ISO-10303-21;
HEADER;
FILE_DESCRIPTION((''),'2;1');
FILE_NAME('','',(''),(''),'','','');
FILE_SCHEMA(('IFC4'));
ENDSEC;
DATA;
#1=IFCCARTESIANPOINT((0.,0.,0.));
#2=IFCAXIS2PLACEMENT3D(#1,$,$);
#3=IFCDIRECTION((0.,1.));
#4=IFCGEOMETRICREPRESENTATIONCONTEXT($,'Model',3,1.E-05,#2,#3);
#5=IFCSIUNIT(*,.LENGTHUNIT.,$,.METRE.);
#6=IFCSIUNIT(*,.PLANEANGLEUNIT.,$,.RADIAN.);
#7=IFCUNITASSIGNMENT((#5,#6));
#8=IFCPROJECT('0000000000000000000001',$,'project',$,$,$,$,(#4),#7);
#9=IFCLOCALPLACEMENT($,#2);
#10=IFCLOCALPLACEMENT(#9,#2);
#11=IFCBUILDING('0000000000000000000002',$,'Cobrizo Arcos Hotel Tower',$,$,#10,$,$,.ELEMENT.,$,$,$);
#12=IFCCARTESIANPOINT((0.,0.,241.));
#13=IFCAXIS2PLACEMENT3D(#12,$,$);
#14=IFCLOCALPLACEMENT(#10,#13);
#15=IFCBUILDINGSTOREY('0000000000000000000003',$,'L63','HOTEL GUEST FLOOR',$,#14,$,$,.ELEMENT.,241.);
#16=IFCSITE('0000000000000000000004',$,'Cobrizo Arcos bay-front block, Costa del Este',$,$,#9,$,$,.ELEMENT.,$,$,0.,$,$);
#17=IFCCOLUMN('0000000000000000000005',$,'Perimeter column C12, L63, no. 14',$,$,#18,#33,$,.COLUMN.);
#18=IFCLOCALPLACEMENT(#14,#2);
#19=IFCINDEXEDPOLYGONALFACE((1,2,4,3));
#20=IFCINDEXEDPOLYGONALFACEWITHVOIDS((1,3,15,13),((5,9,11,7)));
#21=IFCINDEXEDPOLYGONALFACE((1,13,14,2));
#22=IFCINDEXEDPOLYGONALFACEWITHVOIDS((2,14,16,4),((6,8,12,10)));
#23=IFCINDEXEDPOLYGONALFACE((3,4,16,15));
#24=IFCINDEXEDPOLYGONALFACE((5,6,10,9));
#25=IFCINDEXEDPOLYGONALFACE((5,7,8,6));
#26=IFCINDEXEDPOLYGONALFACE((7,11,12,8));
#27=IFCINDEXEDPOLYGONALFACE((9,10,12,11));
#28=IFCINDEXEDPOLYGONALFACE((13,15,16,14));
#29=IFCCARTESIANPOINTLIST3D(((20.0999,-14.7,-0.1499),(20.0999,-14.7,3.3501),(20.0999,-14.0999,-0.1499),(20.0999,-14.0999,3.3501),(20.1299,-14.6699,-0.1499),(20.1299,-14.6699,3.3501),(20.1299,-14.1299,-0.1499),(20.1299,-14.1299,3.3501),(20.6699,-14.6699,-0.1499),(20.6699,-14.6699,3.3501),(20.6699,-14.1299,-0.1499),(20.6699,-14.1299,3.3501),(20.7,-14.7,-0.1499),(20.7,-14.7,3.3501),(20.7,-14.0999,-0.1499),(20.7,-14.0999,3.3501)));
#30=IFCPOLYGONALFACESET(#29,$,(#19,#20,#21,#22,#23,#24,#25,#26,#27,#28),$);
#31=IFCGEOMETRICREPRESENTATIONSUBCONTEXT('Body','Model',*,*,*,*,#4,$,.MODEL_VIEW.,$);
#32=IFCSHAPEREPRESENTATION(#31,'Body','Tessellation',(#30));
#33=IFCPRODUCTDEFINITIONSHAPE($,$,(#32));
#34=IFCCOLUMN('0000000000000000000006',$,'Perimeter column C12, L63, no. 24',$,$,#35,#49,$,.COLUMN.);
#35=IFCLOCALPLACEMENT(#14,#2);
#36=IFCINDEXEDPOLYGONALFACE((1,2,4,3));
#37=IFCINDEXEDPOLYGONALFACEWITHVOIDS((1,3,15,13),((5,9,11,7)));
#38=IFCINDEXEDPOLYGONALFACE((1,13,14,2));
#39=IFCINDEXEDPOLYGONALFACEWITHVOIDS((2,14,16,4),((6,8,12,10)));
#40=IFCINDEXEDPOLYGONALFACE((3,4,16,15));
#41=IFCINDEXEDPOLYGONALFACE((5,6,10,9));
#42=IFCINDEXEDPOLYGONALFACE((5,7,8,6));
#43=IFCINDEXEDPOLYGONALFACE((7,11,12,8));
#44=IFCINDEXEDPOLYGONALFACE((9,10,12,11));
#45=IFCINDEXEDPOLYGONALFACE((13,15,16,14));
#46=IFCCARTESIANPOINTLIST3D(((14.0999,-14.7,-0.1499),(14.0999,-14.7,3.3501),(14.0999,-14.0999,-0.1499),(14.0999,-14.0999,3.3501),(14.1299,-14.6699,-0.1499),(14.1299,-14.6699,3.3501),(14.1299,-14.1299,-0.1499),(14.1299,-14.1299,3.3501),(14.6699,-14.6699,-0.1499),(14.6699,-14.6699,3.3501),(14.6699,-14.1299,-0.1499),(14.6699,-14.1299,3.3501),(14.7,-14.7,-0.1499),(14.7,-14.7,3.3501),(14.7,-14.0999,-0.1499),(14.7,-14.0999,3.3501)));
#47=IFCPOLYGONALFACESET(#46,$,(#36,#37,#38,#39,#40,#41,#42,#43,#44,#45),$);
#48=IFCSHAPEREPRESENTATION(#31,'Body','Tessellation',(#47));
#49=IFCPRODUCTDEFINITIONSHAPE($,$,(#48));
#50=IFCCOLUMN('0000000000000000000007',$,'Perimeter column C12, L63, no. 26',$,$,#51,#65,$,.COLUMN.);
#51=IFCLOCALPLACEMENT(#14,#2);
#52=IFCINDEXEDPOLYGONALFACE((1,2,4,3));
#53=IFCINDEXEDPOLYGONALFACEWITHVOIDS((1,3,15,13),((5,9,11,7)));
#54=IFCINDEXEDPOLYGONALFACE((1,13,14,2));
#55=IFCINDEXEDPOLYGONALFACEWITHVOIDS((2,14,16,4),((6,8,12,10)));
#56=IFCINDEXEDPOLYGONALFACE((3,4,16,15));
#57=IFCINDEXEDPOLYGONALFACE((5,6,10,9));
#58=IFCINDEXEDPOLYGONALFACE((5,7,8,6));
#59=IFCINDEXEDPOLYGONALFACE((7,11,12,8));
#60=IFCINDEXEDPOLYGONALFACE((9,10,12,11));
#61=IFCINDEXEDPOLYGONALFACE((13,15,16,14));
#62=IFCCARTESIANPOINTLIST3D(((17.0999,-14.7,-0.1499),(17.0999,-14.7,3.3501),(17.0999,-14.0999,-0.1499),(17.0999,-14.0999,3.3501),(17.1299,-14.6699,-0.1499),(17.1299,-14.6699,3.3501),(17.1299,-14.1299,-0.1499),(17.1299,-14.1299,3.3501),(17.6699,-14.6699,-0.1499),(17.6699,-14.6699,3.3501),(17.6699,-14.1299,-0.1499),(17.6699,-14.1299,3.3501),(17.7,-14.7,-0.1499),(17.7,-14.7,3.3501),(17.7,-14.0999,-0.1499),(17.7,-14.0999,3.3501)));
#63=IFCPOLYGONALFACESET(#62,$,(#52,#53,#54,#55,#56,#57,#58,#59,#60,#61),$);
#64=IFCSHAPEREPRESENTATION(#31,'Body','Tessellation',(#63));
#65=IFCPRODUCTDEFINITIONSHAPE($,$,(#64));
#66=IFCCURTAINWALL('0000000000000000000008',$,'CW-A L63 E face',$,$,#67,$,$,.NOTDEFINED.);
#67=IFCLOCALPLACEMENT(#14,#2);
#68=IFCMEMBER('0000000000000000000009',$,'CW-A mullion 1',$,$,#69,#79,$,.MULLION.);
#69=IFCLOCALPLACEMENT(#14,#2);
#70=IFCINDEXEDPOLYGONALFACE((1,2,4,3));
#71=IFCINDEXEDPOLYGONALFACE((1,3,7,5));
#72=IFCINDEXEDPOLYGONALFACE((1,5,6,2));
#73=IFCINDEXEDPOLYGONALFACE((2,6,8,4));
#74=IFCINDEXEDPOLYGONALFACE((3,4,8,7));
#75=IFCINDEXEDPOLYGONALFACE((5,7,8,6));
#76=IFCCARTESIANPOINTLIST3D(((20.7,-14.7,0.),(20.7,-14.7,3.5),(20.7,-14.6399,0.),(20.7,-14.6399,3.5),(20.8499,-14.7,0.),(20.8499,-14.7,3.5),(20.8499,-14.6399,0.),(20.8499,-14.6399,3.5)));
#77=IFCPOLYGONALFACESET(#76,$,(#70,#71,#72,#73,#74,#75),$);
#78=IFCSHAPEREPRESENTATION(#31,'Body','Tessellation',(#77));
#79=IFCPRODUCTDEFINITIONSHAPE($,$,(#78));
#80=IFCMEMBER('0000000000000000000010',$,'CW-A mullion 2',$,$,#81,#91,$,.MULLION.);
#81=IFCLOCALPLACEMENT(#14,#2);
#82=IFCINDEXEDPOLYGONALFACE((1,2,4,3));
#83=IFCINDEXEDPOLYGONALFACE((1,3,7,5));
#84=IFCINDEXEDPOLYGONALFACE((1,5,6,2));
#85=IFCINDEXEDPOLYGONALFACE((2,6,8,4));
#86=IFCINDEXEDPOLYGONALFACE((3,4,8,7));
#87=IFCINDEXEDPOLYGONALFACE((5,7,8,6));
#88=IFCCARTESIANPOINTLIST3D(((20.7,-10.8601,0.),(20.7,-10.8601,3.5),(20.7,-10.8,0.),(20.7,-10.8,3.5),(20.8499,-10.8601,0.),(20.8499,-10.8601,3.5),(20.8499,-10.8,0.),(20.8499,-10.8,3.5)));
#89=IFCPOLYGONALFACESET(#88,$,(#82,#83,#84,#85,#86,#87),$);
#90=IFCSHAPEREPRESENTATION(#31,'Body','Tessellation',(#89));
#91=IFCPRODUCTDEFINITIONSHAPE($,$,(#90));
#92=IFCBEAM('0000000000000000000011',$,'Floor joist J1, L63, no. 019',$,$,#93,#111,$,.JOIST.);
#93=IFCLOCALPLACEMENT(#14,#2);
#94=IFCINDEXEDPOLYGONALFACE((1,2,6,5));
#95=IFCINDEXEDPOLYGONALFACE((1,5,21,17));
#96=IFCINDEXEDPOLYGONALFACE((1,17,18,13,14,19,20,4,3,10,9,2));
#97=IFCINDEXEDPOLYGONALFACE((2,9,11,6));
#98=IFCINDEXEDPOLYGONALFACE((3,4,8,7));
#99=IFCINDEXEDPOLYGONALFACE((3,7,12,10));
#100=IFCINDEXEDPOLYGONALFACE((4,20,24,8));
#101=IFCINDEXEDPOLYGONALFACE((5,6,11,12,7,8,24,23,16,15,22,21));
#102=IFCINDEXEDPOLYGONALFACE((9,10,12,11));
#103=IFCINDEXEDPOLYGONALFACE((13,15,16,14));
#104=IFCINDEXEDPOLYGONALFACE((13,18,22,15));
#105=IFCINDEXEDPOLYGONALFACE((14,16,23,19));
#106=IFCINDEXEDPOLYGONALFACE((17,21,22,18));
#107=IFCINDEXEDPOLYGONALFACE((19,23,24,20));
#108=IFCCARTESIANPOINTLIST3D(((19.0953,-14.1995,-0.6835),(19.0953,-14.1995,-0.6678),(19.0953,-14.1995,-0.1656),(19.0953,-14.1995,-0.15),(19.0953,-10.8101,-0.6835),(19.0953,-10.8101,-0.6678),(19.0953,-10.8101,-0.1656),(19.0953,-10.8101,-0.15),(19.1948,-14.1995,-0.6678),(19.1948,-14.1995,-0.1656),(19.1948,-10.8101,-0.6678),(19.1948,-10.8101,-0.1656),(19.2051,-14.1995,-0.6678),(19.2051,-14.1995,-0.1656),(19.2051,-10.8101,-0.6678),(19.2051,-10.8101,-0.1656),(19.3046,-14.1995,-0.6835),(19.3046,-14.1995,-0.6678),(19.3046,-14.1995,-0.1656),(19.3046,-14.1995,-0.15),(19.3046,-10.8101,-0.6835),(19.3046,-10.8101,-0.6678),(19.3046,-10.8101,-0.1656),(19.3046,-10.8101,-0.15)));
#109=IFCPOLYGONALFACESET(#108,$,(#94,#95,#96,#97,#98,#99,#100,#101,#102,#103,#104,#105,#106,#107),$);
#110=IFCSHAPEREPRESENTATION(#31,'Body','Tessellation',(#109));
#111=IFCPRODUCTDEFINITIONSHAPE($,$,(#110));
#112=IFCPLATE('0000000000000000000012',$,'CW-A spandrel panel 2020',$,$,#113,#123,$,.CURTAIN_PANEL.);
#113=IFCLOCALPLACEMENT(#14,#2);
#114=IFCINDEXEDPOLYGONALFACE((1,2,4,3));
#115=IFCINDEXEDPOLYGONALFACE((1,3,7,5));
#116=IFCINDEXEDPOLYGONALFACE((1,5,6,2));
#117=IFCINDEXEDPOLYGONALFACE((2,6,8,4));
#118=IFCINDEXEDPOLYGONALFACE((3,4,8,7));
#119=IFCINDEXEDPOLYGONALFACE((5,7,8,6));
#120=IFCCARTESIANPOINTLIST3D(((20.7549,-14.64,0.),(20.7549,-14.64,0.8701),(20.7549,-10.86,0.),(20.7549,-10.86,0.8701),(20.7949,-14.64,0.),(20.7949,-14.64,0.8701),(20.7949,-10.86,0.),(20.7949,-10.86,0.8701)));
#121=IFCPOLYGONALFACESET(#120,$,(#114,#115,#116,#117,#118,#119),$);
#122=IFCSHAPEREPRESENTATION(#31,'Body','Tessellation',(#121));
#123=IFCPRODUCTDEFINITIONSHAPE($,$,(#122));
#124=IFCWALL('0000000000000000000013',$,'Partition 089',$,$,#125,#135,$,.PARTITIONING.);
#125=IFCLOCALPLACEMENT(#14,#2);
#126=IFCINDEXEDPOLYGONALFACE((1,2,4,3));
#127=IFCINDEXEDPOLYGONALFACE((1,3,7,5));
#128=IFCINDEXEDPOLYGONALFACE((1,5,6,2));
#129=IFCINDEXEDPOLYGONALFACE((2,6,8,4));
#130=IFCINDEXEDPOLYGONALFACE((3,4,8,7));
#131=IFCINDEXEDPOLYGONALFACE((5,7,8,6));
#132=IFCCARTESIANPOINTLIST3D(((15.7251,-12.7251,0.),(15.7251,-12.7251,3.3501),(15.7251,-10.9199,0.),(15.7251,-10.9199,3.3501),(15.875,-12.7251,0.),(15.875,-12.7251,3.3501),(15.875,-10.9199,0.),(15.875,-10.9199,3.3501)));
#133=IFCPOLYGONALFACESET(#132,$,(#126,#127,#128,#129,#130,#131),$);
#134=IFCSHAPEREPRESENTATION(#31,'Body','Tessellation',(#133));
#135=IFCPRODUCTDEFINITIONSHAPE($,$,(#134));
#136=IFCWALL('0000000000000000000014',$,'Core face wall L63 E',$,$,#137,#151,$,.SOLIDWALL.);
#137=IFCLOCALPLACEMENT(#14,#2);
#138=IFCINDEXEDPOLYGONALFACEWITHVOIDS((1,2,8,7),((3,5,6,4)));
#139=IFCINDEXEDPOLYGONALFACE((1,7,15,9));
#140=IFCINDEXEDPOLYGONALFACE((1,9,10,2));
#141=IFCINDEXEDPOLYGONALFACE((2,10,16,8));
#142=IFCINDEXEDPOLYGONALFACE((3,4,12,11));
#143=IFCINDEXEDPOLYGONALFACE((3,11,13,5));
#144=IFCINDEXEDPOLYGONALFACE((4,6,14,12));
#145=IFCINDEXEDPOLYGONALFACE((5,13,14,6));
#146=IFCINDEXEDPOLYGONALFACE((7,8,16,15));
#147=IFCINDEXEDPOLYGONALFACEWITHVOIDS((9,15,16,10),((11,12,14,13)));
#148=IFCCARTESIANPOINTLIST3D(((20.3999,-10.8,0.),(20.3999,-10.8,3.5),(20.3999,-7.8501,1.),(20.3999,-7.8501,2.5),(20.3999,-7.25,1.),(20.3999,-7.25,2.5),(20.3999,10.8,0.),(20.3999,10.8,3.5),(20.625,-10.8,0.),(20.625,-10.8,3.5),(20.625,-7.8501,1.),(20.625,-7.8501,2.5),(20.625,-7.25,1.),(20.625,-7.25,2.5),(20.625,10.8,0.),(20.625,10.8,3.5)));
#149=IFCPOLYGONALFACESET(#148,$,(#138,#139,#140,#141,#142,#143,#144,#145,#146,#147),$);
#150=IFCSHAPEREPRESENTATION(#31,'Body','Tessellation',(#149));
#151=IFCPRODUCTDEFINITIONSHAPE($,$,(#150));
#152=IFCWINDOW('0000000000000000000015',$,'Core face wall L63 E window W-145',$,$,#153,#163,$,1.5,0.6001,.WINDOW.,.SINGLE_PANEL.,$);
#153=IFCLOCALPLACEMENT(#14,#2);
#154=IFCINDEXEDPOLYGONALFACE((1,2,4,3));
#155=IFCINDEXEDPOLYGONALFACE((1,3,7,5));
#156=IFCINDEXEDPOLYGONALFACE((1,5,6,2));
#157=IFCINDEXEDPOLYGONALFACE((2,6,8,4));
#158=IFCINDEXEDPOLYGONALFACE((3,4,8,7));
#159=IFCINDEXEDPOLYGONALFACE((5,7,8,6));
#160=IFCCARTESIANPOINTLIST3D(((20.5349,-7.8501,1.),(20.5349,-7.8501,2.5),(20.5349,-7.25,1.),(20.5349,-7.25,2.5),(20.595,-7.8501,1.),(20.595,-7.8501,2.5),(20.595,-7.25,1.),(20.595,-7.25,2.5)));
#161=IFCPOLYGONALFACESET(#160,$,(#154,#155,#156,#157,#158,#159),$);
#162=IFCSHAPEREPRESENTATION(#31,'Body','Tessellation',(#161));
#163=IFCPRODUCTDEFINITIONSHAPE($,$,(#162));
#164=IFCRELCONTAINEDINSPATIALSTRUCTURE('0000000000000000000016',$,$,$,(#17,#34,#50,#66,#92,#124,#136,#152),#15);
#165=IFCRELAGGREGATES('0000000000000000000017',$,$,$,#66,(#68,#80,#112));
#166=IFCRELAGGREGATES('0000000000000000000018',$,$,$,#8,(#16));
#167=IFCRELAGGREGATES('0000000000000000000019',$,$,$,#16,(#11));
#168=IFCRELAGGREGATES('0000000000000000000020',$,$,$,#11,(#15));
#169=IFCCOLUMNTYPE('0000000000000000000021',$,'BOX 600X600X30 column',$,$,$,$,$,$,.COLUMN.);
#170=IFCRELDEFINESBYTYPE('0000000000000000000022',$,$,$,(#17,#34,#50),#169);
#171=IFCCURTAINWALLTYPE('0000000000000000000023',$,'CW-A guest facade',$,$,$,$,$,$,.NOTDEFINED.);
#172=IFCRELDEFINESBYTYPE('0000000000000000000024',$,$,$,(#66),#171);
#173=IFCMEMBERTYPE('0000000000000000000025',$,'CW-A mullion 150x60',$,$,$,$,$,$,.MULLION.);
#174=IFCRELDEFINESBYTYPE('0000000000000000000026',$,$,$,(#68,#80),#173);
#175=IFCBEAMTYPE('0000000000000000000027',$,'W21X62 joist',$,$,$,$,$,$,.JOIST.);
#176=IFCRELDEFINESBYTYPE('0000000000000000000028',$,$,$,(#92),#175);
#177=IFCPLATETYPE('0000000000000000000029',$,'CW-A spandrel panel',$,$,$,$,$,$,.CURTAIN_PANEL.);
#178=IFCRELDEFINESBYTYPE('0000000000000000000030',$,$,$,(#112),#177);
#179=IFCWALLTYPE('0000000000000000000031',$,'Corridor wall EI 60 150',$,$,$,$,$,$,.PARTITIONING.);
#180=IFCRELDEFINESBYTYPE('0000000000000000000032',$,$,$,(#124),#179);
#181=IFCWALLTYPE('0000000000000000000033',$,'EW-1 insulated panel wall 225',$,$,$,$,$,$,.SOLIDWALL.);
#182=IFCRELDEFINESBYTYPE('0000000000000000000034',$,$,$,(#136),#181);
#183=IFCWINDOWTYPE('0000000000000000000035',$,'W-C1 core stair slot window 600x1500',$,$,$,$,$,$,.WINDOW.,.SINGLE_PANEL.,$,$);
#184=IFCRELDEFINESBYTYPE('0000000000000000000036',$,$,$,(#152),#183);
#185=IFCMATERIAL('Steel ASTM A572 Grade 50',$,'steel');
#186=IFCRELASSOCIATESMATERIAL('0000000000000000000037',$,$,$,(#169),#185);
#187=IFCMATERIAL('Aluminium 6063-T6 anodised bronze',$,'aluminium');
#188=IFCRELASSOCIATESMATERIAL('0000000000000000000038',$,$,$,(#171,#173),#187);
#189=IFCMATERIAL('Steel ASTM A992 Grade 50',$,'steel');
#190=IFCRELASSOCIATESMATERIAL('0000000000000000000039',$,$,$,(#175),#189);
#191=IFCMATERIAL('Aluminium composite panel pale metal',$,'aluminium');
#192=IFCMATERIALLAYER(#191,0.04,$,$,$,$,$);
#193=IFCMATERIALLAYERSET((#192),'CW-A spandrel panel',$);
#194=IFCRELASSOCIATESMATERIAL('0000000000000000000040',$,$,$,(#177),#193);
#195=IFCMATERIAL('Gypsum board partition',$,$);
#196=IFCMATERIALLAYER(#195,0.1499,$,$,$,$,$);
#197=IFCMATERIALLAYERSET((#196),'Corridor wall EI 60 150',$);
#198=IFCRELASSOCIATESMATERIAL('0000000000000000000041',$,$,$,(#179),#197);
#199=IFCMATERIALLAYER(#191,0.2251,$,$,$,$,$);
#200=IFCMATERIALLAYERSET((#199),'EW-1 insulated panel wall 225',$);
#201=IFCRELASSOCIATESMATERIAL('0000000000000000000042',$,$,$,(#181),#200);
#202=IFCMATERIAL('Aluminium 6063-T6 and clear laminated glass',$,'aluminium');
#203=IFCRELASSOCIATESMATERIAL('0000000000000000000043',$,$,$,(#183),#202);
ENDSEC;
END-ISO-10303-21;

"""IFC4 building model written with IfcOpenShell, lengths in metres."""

from ifc_helpers import new_model, si_unit, direction, frame, frame_2d, origin, origin_2d, place, context, subcontext, project, spatial, rectangle, hollow_rectangle, i_section, extrude, material, layer, layer_set, material_profile, profile_set, type_object, element, fill, aggregate, save


model = new_model("IFC4")

# Units and contexts
model_context = context("Model", 3, precision=1e-05, world=origin(), true_north=direction((0.0, 1.0)))
body_context = subcontext(model_context, "Body", "Model", "MODEL_VIEW")
ifc_project = project(units=[si_unit("LENGTHUNIT", "METRE"), si_unit("PLANEANGLEUNIT", "RADIAN")], contexts=[model_context])

# Site, building, storey
site_placement = place(None, origin())
site = spatial("IfcSite", under=ifc_project, at=site_placement, Name="Cobrizo Arcos bay-front block, Costa del Este", CompositionType="ELEMENT", RefElevation=0.0)
building_placement = place(site_placement, origin())
building = spatial("IfcBuilding", under=site, at=building_placement, Name="Cobrizo Arcos Hotel Tower", CompositionType="ELEMENT")
storey_placement = place(building_placement, frame((0.0, 0.0, 241.0)))
storey = spatial("IfcBuildingStorey", under=building, at=storey_placement, Name="L63", Description="HOTEL GUEST FLOOR", CompositionType="ELEMENT", Elevation=241.0)

# Columns
ifc_material_1 = material(Name="Steel ASTM A572 Grade 50", Category="steel")
ifc_material_profile_1 = material_profile(ifc_material_1, hollow_rectangle(XDim=0.6001, YDim=0.6001, WallThickness=0.03, at=origin_2d()), Name="BOX 600X600X30")
ifc_profile_set_1 = profile_set([ifc_material_profile_1], Name="Steel ASTM A572 Grade 50")
column_type = type_object("IfcColumnType", Name="BOX 600X600X30 column", PredefinedType="COLUMN", material=ifc_profile_set_1)
for number, where, z_axis, x_axis, name in (
    (1, (20.3999, -14.3999, -0.1499), (0.0, 0.0, 1.0), (1.0, 0.0, 0.0), "Perimeter column C12, L63, no. 14"),
    (2, (14.3999, -14.3999, -0.1499), (0.0, 0.0, 1.0), (1.0, 0.0, 0.0), "Perimeter column C12, L63, no. 24"),
    (3, (17.3999, -14.3999, -0.1499), (0.0, 0.0, 1.0), (1.0, 0.0, 0.0), "Perimeter column C12, L63, no. 26"),
):
    element("IfcColumn", number, at=place(storey_placement, frame(where, z_axis=z_axis, x_axis=x_axis)), inside=storey, type_object=column_type, Name=name, PredefinedType="COLUMN", context=body_context, shape_type="SweptSolid", body=[
        extrude(hollow_rectangle(XDim=0.6001, YDim=0.6001, WallThickness=0.03, at=origin_2d()), origin(), (0.0, 0.0, 1.0), 3.5),
    ])

# Curtain wall, members
ifc_material_2 = material(Name="Aluminium 6063-T6 anodised bronze", Category="aluminium")
curtain_wall_type = type_object("IfcCurtainWallType", Name="CW-A guest facade", PredefinedType="NOTDEFINED", material=ifc_material_2)
curtain_wall_placement = place(storey_placement, origin())
curtain_wall = element("IfcCurtainWall", 4, at=curtain_wall_placement, inside=storey, type_object=curtain_wall_type, Name="CW-A L63 E face", PredefinedType="NOTDEFINED")
ifc_material_profile_2 = material_profile(ifc_material_2, rectangle(XDim=0.1499, YDim=0.0601, at=origin_2d()), Name="CW-A mullion 150x60")
ifc_profile_set_2 = profile_set([ifc_material_profile_2], Name="Aluminium 6063-T6 anodised bronze")
member_type = type_object("IfcMemberType", Name="CW-A mullion 150x60", PredefinedType="MULLION", material=ifc_profile_set_2)
member_1_placement = place(storey_placement, frame((20.7749, -14.6699, 0.0), z_axis=(0.0, 0.0, 1.0), x_axis=(1.0, 0.0, 0.0)))
member_1 = element("IfcMember", 5, at=member_1_placement, type_object=member_type, Name="CW-A mullion 1", PredefinedType="MULLION", context=body_context, shape_type="SweptSolid", body=[
    extrude(rectangle(XDim=0.1499, YDim=0.0601, at=origin_2d()), origin(), (0.0, 0.0, 1.0), 3.5),
])
member_2_placement = place(storey_placement, frame((20.7749, -10.8301, 0.0), z_axis=(0.0, 0.0, 1.0), x_axis=(1.0, 0.0, 0.0)))
member_2 = element("IfcMember", 6, at=member_2_placement, type_object=member_type, Name="CW-A mullion 2", PredefinedType="MULLION", context=body_context, shape_type="SweptSolid", body=[
    extrude(rectangle(XDim=0.1499, YDim=0.0601, at=origin_2d()), origin(), (0.0, 0.0, 1.0), 3.5),
])

# Beam
ifc_material_3 = material(Name="Steel ASTM A992 Grade 50", Category="steel")
ifc_material_profile_3 = material_profile(ifc_material_3, i_section(OverallWidth=0.2092, OverallDepth=0.5334, WebThickness=0.0103, FlangeThickness=0.0156, at=origin_2d()), Name="W21X62")
ifc_profile_set_3 = profile_set([ifc_material_profile_3], Name="Steel ASTM A992 Grade 50")
beam_type = type_object("IfcBeamType", Name="W21X62 joist", PredefinedType="JOIST", material=ifc_profile_set_3)
beam_placement = place(storey_placement, frame((19.2, -14.1995, -0.4167), z_axis=(0.0, 1.0, 0.0), x_axis=(-1.0, 0.0, 0.0)))
element("IfcBeam", 7, at=beam_placement, inside=storey, type_object=beam_type, Name="Floor joist J1, L63, no. 019", PredefinedType="JOIST", context=body_context, shape_type="SweptSolid", body=[
    extrude(i_section(OverallWidth=0.2092, OverallDepth=0.5334, WebThickness=0.0103, FlangeThickness=0.0156, at=origin_2d()), origin(), (0.0, 0.0, 1.0), 3.3894),
])

# Plate
ifc_material_4 = material(Name="Aluminium composite panel pale metal", Category="aluminium")
ifc_layer_1 = layer(ifc_material_4, 0.04)
ifc_layer_set_1 = layer_set([ifc_layer_1], Name="CW-A spandrel panel")
plate_type = type_object("IfcPlateType", Name="CW-A spandrel panel", PredefinedType="CURTAIN_PANEL", material=ifc_layer_set_1)
plate_placement = place(storey_placement, frame((20.7749, -12.75, 0.0), z_axis=(0.0, 0.0, 1.0), x_axis=(0.0, 1.0, 0.0)))
plate = element("IfcPlate", 8, at=plate_placement, type_object=plate_type, Name="CW-A spandrel panel 2020", PredefinedType="CURTAIN_PANEL", context=body_context, shape_type="SweptSolid", body=[
    extrude(rectangle(XDim=3.78, YDim=0.04, at=origin_2d()), origin(), (0.0, 0.0, 1.0), 0.8701),
])
aggregate(curtain_wall, [member_1, member_2, plate])

# Wall
ifc_material_5 = material(Name="Gypsum board partition")
ifc_layer_2 = layer(ifc_material_5, 0.1499)
ifc_layer_set_2 = layer_set([ifc_layer_2], Name="Corridor wall EI 60 150")
wall_type_1 = type_object("IfcWallType", Name="Corridor wall EI 60 150", PredefinedType="PARTITIONING", material=ifc_layer_set_2)
wall_1_placement = place(storey_placement, frame((15.8, -12.7251, 0.0), z_axis=(0.0, 0.0, 1.0), x_axis=(0.0, 1.0, 0.0)))
element("IfcWall", 9, at=wall_1_placement, inside=storey, type_object=wall_type_1, Name="Partition 089", PredefinedType="PARTITIONING", context=body_context, shape_type="SweptSolid", body=[
    extrude(rectangle(XDim=1.8052, YDim=0.1499, at=frame_2d((0.9026, 0.0))), origin(), (0.0, 0.0, 1.0), 3.3501),
])

# Wall, opening, window
ifc_layer_3 = layer(ifc_material_4, 0.2251)
ifc_layer_set_3 = layer_set([ifc_layer_3], Name="EW-1 insulated panel wall 225")
wall_type_2 = type_object("IfcWallType", Name="EW-1 insulated panel wall 225", PredefinedType="SOLIDWALL", material=ifc_layer_set_3)
wall_2_placement = place(storey_placement, frame((20.5125, -10.8, 0.0), z_axis=(0.0, 0.0, 1.0), x_axis=(0.0, 1.0, 0.0)))
wall_2 = element("IfcWall", 10, at=wall_2_placement, inside=storey, type_object=wall_type_2, Name="Core face wall L63 E", PredefinedType="SOLIDWALL", context=body_context, shape_type="SweptSolid", body=[
    extrude(rectangle(XDim=21.6001, YDim=0.2251, at=frame_2d((10.8, 0.0))), origin(), (0.0, 0.0, 1.0), 3.5),
])
opening_1_placement = place(wall_2_placement, frame((2.95, 0.0, 1.0)))
opening_1 = element("IfcOpeningElement", 11, at=opening_1_placement, cuts=wall_2, PredefinedType="OPENING", context=body_context, shape_type="SweptSolid", body=[
    extrude(rectangle(XDim=0.6001, YDim=1.5, at=frame_2d((0.3, 0.75))), frame((0.0, 0.1245, 0.0), z_axis=(0.0, -1.0, 0.0), x_axis=(1.0, 0.0, 0.0)), (0.0, 0.0, 1.0), 0.249),
])
ifc_material_6 = material(Name="Aluminium 6063-T6 and clear laminated glass", Category="aluminium")
window_type = type_object("IfcWindowType", Name="W-C1 core stair slot window 600x1500", PartitioningType="SINGLE_PANEL", PredefinedType="WINDOW", material=ifc_material_6)
window_placement = place(opening_1_placement, origin())
window = element("IfcWindow", 12, at=window_placement, inside=storey, type_object=window_type, Name="Core face wall L63 E window W-145", OverallHeight=1.5, OverallWidth=0.6001, PartitioningType="SINGLE_PANEL", PredefinedType="WINDOW", context=body_context, shape_type="SweptSolid", body=[
    extrude(rectangle(XDim=0.6001, YDim=1.5, at=frame_2d((0.3, 0.75))), frame((0.0, -0.0225, 0.0), z_axis=(0.0, -1.0, 0.0), x_axis=(1.0, 0.0, 0.0)), (0.0, 0.0, 1.0), 0.0601),
])
fill(opening_1, window)

save(model, "model.ifc")
